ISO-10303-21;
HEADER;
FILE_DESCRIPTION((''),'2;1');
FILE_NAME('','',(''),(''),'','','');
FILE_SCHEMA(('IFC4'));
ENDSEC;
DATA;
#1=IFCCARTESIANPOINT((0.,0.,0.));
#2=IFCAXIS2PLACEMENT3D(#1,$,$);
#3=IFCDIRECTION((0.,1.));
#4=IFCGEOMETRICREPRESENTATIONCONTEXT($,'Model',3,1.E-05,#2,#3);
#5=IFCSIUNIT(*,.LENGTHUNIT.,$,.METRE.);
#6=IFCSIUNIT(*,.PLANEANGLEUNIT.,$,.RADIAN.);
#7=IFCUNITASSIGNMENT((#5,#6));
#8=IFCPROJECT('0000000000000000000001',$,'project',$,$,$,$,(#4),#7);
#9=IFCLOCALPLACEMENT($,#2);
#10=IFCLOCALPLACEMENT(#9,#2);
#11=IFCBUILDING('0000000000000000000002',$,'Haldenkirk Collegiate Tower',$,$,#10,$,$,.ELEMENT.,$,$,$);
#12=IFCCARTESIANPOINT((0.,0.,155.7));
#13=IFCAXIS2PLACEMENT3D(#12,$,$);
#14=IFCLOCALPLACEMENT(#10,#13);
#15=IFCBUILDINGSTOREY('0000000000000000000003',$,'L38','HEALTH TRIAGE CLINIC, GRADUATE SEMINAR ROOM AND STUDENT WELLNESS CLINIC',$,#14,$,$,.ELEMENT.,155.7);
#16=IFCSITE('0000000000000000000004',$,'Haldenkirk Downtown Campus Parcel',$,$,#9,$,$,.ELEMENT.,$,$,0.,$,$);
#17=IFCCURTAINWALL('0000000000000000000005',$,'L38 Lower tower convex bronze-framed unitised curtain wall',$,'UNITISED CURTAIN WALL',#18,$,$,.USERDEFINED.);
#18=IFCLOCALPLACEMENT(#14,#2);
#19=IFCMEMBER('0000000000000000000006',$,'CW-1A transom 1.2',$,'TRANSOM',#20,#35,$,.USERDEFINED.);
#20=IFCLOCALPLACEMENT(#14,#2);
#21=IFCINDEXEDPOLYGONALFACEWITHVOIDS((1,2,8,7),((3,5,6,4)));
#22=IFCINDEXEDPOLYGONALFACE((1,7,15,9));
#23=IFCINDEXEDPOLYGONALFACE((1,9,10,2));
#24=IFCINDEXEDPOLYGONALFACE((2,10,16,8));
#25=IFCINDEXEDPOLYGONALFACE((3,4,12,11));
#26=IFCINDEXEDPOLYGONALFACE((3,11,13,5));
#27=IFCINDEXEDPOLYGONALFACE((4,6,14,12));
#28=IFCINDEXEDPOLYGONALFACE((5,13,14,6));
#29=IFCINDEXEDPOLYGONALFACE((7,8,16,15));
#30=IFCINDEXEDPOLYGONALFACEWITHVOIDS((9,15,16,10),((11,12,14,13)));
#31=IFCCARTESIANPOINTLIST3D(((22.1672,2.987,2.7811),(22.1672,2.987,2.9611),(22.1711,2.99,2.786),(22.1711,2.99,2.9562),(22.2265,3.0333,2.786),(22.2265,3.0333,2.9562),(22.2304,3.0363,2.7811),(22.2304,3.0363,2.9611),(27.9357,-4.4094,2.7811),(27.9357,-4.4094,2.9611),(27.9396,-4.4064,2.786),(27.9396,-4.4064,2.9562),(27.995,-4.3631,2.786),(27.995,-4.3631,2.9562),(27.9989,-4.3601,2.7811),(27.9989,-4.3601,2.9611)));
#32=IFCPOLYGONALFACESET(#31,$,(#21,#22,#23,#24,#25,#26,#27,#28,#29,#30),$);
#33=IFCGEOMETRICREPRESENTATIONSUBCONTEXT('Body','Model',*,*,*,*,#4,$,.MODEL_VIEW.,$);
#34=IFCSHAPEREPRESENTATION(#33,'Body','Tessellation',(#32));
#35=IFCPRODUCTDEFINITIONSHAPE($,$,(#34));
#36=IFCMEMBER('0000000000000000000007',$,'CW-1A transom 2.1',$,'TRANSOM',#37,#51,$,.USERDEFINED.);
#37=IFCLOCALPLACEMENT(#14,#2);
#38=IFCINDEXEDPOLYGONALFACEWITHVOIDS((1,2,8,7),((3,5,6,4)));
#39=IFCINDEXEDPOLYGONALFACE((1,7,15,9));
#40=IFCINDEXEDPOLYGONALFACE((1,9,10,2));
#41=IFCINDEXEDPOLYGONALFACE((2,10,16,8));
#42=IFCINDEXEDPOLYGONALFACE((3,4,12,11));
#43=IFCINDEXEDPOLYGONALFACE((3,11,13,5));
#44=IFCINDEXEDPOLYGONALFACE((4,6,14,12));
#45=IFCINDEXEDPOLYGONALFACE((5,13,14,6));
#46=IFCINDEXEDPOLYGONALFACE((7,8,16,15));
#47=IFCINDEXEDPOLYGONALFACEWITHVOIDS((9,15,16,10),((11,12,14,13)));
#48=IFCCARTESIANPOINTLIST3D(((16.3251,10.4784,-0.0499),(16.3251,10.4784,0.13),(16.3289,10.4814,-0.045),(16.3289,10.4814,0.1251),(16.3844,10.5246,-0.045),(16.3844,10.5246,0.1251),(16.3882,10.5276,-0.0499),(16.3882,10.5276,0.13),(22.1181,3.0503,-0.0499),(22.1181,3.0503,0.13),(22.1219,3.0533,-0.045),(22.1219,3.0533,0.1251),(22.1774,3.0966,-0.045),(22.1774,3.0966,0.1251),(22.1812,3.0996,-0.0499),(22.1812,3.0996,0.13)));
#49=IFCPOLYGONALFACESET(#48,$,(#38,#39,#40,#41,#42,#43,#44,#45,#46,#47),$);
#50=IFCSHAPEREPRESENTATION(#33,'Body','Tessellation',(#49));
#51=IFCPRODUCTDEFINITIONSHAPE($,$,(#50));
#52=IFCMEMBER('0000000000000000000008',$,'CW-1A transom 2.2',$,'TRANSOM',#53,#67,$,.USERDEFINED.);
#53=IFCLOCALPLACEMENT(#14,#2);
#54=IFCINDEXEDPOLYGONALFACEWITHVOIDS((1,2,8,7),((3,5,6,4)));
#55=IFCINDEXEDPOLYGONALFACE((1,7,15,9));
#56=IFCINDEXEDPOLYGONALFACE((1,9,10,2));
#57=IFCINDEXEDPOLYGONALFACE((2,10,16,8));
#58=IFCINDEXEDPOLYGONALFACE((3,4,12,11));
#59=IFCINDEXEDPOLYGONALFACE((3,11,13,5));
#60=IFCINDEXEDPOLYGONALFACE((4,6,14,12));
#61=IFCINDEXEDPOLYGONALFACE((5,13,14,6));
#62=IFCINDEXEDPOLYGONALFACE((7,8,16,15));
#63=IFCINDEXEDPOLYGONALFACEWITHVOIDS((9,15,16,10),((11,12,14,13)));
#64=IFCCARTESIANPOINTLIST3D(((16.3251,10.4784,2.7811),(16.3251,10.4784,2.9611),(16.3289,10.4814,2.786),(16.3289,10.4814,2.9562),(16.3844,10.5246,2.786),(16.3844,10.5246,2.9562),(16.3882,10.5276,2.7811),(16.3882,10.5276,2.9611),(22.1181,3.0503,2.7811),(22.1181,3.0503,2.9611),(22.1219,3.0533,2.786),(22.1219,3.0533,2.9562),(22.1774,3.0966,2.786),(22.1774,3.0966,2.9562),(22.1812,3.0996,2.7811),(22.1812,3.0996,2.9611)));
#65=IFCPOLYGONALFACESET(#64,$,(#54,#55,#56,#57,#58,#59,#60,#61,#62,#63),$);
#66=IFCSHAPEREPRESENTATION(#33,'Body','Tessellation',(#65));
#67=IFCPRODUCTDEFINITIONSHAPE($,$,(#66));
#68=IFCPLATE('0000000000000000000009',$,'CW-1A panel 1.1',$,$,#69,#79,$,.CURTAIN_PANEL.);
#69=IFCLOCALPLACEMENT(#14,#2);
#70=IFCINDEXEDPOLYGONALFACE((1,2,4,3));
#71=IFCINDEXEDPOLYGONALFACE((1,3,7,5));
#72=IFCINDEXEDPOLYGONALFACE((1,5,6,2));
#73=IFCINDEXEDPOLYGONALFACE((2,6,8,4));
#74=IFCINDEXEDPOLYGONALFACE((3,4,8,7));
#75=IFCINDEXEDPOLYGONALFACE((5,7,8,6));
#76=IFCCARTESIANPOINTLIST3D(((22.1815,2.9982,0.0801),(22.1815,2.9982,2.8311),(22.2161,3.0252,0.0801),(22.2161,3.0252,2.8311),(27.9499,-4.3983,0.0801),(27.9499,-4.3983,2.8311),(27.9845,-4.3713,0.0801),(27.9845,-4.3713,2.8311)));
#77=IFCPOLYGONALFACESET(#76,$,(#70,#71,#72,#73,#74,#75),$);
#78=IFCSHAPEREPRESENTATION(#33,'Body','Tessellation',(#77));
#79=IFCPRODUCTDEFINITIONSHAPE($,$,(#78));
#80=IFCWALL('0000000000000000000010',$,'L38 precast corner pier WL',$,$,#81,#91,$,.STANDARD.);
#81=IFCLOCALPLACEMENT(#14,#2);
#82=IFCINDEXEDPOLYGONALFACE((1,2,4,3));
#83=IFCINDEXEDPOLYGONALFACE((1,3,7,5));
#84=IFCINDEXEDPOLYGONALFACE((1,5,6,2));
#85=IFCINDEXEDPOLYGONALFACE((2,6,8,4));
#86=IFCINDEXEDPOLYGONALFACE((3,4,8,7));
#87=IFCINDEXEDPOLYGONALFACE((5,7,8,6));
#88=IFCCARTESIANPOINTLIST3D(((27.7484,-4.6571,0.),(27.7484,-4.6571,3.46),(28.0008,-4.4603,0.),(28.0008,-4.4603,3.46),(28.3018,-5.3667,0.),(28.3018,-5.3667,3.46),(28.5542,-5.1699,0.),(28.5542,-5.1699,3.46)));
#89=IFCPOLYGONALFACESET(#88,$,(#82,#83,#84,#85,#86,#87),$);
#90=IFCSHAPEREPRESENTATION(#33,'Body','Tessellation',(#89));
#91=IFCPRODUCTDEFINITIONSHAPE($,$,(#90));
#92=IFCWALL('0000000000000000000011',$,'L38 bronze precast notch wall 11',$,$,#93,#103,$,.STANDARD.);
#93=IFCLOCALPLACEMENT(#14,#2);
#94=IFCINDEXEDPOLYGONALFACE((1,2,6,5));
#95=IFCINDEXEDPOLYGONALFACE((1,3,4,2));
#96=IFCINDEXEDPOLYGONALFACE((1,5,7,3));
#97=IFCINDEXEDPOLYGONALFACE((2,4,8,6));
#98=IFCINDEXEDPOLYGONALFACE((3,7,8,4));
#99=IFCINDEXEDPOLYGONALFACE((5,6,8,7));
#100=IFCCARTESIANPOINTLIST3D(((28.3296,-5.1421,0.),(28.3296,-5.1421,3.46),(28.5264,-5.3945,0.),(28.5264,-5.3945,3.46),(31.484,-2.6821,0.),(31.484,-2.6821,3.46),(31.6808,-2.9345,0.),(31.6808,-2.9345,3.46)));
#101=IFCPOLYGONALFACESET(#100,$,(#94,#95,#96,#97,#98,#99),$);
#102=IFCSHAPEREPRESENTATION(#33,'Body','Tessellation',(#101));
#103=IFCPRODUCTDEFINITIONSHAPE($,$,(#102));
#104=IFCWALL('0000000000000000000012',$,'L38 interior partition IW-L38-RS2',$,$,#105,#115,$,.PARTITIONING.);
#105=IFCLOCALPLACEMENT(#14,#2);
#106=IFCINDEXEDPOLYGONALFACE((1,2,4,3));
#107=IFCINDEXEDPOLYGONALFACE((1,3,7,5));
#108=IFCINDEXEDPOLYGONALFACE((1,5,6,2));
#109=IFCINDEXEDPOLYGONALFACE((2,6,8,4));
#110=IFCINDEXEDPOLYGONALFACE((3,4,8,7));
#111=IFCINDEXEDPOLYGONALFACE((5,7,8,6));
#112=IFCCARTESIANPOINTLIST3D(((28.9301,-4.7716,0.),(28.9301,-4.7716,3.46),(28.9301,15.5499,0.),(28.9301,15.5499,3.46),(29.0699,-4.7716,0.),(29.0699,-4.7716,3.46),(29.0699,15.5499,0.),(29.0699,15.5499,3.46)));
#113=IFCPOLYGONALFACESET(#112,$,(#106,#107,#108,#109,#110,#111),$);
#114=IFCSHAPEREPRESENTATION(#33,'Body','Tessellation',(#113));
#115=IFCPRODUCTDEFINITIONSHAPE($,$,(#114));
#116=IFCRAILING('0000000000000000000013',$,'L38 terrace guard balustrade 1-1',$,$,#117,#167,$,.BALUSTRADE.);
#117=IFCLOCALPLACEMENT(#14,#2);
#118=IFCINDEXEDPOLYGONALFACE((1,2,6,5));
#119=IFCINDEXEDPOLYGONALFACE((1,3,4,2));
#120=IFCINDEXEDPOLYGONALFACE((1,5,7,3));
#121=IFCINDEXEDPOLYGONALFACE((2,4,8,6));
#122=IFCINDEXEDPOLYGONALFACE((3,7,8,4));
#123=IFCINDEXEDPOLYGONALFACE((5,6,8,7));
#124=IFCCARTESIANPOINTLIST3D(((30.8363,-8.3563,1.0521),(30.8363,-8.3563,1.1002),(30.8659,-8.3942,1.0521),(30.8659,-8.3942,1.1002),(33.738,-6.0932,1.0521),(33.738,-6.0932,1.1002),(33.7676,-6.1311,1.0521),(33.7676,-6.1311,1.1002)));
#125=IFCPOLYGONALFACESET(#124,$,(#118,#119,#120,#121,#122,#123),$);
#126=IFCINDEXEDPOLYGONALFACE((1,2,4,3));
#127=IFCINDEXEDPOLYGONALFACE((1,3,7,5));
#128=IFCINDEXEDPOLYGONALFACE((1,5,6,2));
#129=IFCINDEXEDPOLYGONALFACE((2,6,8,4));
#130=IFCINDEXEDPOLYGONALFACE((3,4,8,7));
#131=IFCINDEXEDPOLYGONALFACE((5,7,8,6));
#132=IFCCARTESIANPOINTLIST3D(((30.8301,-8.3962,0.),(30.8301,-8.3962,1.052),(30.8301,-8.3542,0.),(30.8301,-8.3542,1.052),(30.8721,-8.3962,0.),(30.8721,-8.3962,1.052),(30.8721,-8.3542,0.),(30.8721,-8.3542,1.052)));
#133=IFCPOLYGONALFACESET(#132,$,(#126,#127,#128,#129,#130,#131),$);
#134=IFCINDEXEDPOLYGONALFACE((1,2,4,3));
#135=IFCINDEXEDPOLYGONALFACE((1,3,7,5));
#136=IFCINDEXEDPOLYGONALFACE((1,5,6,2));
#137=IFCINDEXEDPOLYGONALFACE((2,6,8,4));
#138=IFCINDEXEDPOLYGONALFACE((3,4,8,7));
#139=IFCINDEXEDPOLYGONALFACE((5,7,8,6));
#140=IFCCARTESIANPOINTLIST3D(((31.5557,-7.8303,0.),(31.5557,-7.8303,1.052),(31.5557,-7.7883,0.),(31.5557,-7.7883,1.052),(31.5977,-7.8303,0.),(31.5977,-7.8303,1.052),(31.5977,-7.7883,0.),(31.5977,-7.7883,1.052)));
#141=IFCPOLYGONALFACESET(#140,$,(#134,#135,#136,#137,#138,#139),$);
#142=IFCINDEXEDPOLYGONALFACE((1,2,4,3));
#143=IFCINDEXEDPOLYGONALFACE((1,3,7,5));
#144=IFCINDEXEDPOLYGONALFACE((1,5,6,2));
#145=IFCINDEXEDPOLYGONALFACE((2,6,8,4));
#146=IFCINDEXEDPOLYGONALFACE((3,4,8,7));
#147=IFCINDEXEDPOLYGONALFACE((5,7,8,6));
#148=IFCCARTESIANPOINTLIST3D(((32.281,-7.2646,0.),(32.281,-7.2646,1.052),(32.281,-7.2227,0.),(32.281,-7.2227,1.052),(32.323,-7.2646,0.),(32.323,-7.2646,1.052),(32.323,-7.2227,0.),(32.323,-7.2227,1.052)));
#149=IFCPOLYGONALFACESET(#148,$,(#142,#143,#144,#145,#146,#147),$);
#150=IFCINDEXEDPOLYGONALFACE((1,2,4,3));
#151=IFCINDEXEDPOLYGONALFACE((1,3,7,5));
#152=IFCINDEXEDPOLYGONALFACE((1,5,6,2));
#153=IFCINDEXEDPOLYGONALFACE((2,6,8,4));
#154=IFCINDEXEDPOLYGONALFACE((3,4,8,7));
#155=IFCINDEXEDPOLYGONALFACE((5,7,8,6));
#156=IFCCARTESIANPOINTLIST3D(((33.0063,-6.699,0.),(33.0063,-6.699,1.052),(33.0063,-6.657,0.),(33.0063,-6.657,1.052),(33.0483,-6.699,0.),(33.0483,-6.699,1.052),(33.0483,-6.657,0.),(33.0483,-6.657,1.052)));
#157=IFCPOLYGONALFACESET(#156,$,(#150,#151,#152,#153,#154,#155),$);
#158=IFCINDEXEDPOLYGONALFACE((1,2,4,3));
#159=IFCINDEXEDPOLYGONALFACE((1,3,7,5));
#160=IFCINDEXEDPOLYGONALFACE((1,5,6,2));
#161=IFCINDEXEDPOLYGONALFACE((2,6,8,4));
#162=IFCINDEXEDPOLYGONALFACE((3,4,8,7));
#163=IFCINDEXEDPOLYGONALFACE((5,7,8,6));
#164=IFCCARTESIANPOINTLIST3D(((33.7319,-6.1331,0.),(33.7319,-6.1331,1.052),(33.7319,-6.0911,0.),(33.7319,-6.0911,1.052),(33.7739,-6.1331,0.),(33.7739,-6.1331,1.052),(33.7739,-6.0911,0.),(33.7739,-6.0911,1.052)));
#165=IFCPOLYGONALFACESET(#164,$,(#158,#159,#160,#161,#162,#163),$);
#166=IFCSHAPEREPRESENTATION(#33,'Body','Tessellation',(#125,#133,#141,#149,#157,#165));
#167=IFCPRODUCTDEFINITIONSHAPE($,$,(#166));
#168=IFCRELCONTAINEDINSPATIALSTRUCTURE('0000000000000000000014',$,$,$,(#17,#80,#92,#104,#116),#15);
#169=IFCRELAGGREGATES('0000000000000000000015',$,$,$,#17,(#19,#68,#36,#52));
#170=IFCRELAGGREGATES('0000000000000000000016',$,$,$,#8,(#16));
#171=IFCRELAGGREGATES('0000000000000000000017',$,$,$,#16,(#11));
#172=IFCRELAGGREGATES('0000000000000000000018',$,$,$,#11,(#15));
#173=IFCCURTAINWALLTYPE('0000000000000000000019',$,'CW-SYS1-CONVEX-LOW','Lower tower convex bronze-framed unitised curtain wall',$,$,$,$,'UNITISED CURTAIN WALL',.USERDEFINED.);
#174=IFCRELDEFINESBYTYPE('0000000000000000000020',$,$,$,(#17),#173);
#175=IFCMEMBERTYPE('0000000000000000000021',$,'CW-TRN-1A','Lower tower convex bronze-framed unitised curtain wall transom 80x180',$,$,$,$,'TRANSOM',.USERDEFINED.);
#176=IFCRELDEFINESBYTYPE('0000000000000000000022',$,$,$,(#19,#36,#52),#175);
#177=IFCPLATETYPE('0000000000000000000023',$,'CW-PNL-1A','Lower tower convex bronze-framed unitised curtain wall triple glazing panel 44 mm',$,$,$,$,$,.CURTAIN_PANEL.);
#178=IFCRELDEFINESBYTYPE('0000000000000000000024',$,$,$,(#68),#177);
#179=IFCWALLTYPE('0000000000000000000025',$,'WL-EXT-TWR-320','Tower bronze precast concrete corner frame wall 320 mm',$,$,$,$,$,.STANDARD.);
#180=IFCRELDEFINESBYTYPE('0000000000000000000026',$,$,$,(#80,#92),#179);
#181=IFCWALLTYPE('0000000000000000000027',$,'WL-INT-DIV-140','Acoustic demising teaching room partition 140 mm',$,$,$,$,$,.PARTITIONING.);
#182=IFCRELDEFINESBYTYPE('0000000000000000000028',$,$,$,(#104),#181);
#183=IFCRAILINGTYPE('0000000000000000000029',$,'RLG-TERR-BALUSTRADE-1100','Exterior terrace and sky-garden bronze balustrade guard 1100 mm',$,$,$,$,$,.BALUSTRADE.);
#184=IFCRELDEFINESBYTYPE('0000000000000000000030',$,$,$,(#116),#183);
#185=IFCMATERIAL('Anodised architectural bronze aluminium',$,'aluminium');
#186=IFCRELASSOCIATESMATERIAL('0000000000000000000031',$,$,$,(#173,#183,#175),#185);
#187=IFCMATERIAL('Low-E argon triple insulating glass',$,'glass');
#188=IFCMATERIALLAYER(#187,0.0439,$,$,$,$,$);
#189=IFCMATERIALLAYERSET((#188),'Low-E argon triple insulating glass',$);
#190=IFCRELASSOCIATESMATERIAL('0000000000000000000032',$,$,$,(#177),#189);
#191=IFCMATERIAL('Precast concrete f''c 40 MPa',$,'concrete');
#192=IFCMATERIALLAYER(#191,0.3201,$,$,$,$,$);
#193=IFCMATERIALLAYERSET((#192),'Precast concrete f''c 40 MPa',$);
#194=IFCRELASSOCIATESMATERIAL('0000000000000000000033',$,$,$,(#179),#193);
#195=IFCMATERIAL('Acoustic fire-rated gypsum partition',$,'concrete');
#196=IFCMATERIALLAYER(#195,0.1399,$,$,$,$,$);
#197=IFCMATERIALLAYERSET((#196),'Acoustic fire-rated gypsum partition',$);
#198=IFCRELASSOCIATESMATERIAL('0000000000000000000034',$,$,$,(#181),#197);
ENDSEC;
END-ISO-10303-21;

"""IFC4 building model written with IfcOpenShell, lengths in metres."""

from ifc_helpers import new_model, si_unit, direction, frame, frame_2d, origin, origin_2d, place, context, subcontext, project, spatial, rectangle, hollow_rectangle, extrude, source, transform, mapped, material, layer, layer_set, material_profile, profile_set, type_object, element, aggregate, save


model = new_model("IFC4")

# Units and contexts
model_context = context("Model", 3, precision=1e-05, world=origin(), true_north=direction((0.0, 1.0)))
body_context = subcontext(model_context, "Body", "Model", "MODEL_VIEW")
ifc_project = project(units=[si_unit("LENGTHUNIT", "METRE"), si_unit("PLANEANGLEUNIT", "RADIAN")], contexts=[model_context])

# Site, building, storey
site_placement = place(None, origin())
site = spatial("IfcSite", under=ifc_project, at=site_placement, Name="Haldenkirk Downtown Campus Parcel", CompositionType="ELEMENT", RefElevation=0.0)
building_placement = place(site_placement, origin())
building = spatial("IfcBuilding", under=site, at=building_placement, Name="Haldenkirk Collegiate Tower", CompositionType="ELEMENT")
storey_placement = place(building_placement, frame((0.0, 0.0, 155.7)))
storey = spatial("IfcBuildingStorey", under=building, at=storey_placement, Name="L38", Description="HEALTH TRIAGE CLINIC, GRADUATE SEMINAR ROOM AND STUDENT WELLNESS CLINIC", CompositionType="ELEMENT", Elevation=155.7)

# Curtain wall, members, plate
ifc_material_1 = material(Name="Anodised architectural bronze aluminium", Category="aluminium")
curtain_wall_type = type_object("IfcCurtainWallType", Name="CW-SYS1-CONVEX-LOW", Description="Lower tower convex bronze-framed unitised curtain wall", ElementType="UNITISED CURTAIN WALL", PredefinedType="USERDEFINED", material=ifc_material_1)
curtain_wall_placement = place(storey_placement, origin())
curtain_wall = element("IfcCurtainWall", 1, at=curtain_wall_placement, inside=storey, type_object=curtain_wall_type, Name="L38 Lower tower convex bronze-framed unitised curtain wall", ObjectType="UNITISED CURTAIN WALL", PredefinedType="USERDEFINED")
ifc_material_profile_1 = material_profile(ifc_material_1, hollow_rectangle(XDim=0.0801, YDim=0.1799, WallThickness=0.0049, at=origin_2d()), Name="CW-TRN-1A")
ifc_profile_set_1 = profile_set([ifc_material_profile_1], Name="Anodised architectural bronze aluminium")
member_type_1 = type_object("IfcMemberType", Name="CW-TRN-1A", Description="Lower tower convex bronze-framed unitised curtain wall transom 80x180", ElementType="TRANSOM", PredefinedType="USERDEFINED", material=ifc_profile_set_1)
member_1_placement = place(storey_placement, frame((27.9673, -4.3848, 2.8711), z_axis=(-0.614985, 0.788539, 0.0), x_axis=(-0.788539, -0.614985, 0.0)))
member_1 = element("IfcMember", 2, at=member_1_placement, type_object=member_type_1, Name="CW-1A transom 1.2", ObjectType="TRANSOM", PredefinedType="USERDEFINED", context=body_context, shape_type="SweptSolid", body=[
    extrude(hollow_rectangle(XDim=0.0801, YDim=0.1799, WallThickness=0.0049, at=origin_2d()), origin(), (0.0, 0.0, 1.0), 9.3799),
])
member_2_placement = place(storey_placement, frame((22.1497, 3.075, 0.04), z_axis=(-0.614975, 0.788546, 0.0), x_axis=(-0.788546, -0.614975, 0.0)))
member_2 = element("IfcMember", 3, at=member_2_placement, type_object=member_type_1, Name="CW-1A transom 2.1", ObjectType="TRANSOM", PredefinedType="USERDEFINED", context=body_context, shape_type="SweptSolid", body=[
    extrude(hollow_rectangle(XDim=0.0801, YDim=0.1799, WallThickness=0.0049, at=origin_2d()), origin(), (0.0, 0.0, 1.0), 9.4199),
])
member_3_placement = place(storey_placement, frame((22.1497, 3.075, 2.8711), z_axis=(-0.614975, 0.788546, 0.0), x_axis=(-0.788546, -0.614975, 0.0)))
member_3 = element("IfcMember", 4, at=member_3_placement, type_object=member_type_1, Name="CW-1A transom 2.2", ObjectType="TRANSOM", PredefinedType="USERDEFINED", context=body_context, shape_type="SweptSolid", body=[
    extrude(hollow_rectangle(XDim=0.0801, YDim=0.1799, WallThickness=0.0049, at=origin_2d()), origin(), (0.0, 0.0, 1.0), 9.4199),
])
ifc_material_2 = material(Name="Low-E argon triple insulating glass", Category="glass")
ifc_layer_1 = layer(ifc_material_2, 0.0439)
ifc_layer_set_1 = layer_set([ifc_layer_1], Name="Low-E argon triple insulating glass")
plate_type = type_object("IfcPlateType", Name="CW-PNL-1A", Description="Lower tower convex bronze-framed unitised curtain wall triple glazing panel 44 mm", PredefinedType="CURTAIN_PANEL", material=ifc_layer_set_1)
shared_shape_1 = source(origin(), body_context, "Body", "SweptSolid", [
    extrude(rectangle(XDim=9.3799, YDim=0.0439, at=origin_2d()), origin(), (0.0, 0.0, 1.0), 2.751),
])
plate_placement = place(storey_placement, frame((25.083, -0.6865, 0.0801), z_axis=(0.0, 0.0, 1.0), x_axis=(-0.614974, 0.788548, 0.0)))
plate = element("IfcPlate", 5, at=plate_placement, type_object=plate_type, Name="CW-1A panel 1.1", PredefinedType="CURTAIN_PANEL", context=body_context, shape_type="MappedRepresentation", body=[
    mapped(shared_shape_1, transform((0.0, 0.0, 0.0), x_axis=(1.0, 0.0, 0.0), y_axis=(0.0, 1.0, 0.0), z_axis=(0.0, 0.0, 1.0), scale=1.0)),
])
aggregate(curtain_wall, [member_1, plate, member_2, member_3])

# Walls
ifc_material_3 = material(Name="Precast concrete f'c 40 MPa", Category="concrete")
ifc_layer_2 = layer(ifc_material_3, 0.3201)
ifc_layer_set_2 = layer_set([ifc_layer_2], Name="Precast concrete f'c 40 MPa")
wall_type_1 = type_object("IfcWallType", Name="WL-EXT-TWR-320", Description="Tower bronze precast concrete corner frame wall 320 mm", PredefinedType="STANDARD", material=ifc_layer_set_2)
wall_1_placement = place(storey_placement, frame((28.428, -5.2683, 0.0), z_axis=(0.0, 0.0, 1.0), x_axis=(-0.614954, 0.788563, 0.0)))
element("IfcWall", 6, at=wall_1_placement, inside=storey, type_object=wall_type_1, Name="L38 precast corner pier WL", PredefinedType="STANDARD", context=body_context, shape_type="SweptSolid", body=[
    extrude(rectangle(XDim=0.8999, YDim=0.3201, at=frame_2d((0.45, 0.0))), origin(), (0.0, 0.0, 1.0), 3.46),
])
wall_2_placement = place(storey_placement, frame((31.5823, -2.8083, 0.0), z_axis=(0.0, 0.0, 1.0), x_axis=(-0.78855, -0.614971, 0.0)))
element("IfcWall", 7, at=wall_2_placement, inside=storey, type_object=wall_type_1, Name="L38 bronze precast notch wall 11", PredefinedType="STANDARD", context=body_context, shape_type="SweptSolid", body=[
    extrude(rectangle(XDim=4.0002, YDim=0.3201, at=frame_2d((2.0, 0.0))), origin(), (0.0, 0.0, 1.0), 3.46),
])
ifc_material_4 = material(Name="Acoustic fire-rated gypsum partition", Category="concrete")
ifc_layer_3 = layer(ifc_material_4, 0.1399)
ifc_layer_set_3 = layer_set([ifc_layer_3], Name="Acoustic fire-rated gypsum partition")
wall_type_2 = type_object("IfcWallType", Name="WL-INT-DIV-140", Description="Acoustic demising teaching room partition 140 mm", PredefinedType="PARTITIONING", material=ifc_layer_set_3)
wall_3_placement = place(storey_placement, frame((29.0, -4.7715, 0.0), z_axis=(0.0, 0.0, 1.0), x_axis=(0.0, 1.0, 0.0)))
element("IfcWall", 8, at=wall_3_placement, inside=storey, type_object=wall_type_2, Name="L38 interior partition IW-L38-RS2", PredefinedType="PARTITIONING", context=body_context, shape_type="SweptSolid", body=[
    extrude(rectangle(XDim=20.3215, YDim=0.1399, at=frame_2d((10.1606, 0.0))), origin(), (0.0, 0.0, 1.0), 3.46),
])

# Railing
railing_type = type_object("IfcRailingType", Name="RLG-TERR-BALUSTRADE-1100", Description="Exterior terrace and sky-garden bronze balustrade guard 1100 mm", PredefinedType="BALUSTRADE", material=ifc_material_1)
railing_1_placement = place(storey_placement, frame((30.8511, -8.3752, 0.0)))
element("IfcRailing", 9, at=railing_1_placement, inside=storey, type_object=railing_type, Name="L38 terrace guard balustrade 1-1", PredefinedType="BALUSTRADE", context=body_context, shape_type="SweptSolid", body=[
    extrude(rectangle(XDim=0.0481, YDim=0.0481, at=origin_2d()), frame((0.0, 0.0, 1.0762), z_axis=(0.788537, 0.614987, 0.0), x_axis=(-0.614987, 0.788537, 0.0)), (0.0, 0.0, 1.0), 3.6799),
    extrude(rectangle(XDim=0.042, YDim=0.042, at=origin_2d()), origin(), (0.0, 0.0, 1.0), 1.052),
    extrude(rectangle(XDim=0.042, YDim=0.042, at=origin_2d()), frame((0.7256, 0.5659, 0.0)), (0.0, 0.0, 1.0), 1.052),
    extrude(rectangle(XDim=0.042, YDim=0.042, at=origin_2d()), frame((1.4509, 1.1316, 0.0)), (0.0, 0.0, 1.0), 1.052),
    extrude(rectangle(XDim=0.042, YDim=0.042, at=origin_2d()), frame((2.1763, 1.6973, 0.0)), (0.0, 0.0, 1.0), 1.052),
    extrude(rectangle(XDim=0.042, YDim=0.042, at=origin_2d()), frame((2.9019, 2.2632, 0.0)), (0.0, 0.0, 1.0), 1.052),
])

save(model, "model.ifc")
